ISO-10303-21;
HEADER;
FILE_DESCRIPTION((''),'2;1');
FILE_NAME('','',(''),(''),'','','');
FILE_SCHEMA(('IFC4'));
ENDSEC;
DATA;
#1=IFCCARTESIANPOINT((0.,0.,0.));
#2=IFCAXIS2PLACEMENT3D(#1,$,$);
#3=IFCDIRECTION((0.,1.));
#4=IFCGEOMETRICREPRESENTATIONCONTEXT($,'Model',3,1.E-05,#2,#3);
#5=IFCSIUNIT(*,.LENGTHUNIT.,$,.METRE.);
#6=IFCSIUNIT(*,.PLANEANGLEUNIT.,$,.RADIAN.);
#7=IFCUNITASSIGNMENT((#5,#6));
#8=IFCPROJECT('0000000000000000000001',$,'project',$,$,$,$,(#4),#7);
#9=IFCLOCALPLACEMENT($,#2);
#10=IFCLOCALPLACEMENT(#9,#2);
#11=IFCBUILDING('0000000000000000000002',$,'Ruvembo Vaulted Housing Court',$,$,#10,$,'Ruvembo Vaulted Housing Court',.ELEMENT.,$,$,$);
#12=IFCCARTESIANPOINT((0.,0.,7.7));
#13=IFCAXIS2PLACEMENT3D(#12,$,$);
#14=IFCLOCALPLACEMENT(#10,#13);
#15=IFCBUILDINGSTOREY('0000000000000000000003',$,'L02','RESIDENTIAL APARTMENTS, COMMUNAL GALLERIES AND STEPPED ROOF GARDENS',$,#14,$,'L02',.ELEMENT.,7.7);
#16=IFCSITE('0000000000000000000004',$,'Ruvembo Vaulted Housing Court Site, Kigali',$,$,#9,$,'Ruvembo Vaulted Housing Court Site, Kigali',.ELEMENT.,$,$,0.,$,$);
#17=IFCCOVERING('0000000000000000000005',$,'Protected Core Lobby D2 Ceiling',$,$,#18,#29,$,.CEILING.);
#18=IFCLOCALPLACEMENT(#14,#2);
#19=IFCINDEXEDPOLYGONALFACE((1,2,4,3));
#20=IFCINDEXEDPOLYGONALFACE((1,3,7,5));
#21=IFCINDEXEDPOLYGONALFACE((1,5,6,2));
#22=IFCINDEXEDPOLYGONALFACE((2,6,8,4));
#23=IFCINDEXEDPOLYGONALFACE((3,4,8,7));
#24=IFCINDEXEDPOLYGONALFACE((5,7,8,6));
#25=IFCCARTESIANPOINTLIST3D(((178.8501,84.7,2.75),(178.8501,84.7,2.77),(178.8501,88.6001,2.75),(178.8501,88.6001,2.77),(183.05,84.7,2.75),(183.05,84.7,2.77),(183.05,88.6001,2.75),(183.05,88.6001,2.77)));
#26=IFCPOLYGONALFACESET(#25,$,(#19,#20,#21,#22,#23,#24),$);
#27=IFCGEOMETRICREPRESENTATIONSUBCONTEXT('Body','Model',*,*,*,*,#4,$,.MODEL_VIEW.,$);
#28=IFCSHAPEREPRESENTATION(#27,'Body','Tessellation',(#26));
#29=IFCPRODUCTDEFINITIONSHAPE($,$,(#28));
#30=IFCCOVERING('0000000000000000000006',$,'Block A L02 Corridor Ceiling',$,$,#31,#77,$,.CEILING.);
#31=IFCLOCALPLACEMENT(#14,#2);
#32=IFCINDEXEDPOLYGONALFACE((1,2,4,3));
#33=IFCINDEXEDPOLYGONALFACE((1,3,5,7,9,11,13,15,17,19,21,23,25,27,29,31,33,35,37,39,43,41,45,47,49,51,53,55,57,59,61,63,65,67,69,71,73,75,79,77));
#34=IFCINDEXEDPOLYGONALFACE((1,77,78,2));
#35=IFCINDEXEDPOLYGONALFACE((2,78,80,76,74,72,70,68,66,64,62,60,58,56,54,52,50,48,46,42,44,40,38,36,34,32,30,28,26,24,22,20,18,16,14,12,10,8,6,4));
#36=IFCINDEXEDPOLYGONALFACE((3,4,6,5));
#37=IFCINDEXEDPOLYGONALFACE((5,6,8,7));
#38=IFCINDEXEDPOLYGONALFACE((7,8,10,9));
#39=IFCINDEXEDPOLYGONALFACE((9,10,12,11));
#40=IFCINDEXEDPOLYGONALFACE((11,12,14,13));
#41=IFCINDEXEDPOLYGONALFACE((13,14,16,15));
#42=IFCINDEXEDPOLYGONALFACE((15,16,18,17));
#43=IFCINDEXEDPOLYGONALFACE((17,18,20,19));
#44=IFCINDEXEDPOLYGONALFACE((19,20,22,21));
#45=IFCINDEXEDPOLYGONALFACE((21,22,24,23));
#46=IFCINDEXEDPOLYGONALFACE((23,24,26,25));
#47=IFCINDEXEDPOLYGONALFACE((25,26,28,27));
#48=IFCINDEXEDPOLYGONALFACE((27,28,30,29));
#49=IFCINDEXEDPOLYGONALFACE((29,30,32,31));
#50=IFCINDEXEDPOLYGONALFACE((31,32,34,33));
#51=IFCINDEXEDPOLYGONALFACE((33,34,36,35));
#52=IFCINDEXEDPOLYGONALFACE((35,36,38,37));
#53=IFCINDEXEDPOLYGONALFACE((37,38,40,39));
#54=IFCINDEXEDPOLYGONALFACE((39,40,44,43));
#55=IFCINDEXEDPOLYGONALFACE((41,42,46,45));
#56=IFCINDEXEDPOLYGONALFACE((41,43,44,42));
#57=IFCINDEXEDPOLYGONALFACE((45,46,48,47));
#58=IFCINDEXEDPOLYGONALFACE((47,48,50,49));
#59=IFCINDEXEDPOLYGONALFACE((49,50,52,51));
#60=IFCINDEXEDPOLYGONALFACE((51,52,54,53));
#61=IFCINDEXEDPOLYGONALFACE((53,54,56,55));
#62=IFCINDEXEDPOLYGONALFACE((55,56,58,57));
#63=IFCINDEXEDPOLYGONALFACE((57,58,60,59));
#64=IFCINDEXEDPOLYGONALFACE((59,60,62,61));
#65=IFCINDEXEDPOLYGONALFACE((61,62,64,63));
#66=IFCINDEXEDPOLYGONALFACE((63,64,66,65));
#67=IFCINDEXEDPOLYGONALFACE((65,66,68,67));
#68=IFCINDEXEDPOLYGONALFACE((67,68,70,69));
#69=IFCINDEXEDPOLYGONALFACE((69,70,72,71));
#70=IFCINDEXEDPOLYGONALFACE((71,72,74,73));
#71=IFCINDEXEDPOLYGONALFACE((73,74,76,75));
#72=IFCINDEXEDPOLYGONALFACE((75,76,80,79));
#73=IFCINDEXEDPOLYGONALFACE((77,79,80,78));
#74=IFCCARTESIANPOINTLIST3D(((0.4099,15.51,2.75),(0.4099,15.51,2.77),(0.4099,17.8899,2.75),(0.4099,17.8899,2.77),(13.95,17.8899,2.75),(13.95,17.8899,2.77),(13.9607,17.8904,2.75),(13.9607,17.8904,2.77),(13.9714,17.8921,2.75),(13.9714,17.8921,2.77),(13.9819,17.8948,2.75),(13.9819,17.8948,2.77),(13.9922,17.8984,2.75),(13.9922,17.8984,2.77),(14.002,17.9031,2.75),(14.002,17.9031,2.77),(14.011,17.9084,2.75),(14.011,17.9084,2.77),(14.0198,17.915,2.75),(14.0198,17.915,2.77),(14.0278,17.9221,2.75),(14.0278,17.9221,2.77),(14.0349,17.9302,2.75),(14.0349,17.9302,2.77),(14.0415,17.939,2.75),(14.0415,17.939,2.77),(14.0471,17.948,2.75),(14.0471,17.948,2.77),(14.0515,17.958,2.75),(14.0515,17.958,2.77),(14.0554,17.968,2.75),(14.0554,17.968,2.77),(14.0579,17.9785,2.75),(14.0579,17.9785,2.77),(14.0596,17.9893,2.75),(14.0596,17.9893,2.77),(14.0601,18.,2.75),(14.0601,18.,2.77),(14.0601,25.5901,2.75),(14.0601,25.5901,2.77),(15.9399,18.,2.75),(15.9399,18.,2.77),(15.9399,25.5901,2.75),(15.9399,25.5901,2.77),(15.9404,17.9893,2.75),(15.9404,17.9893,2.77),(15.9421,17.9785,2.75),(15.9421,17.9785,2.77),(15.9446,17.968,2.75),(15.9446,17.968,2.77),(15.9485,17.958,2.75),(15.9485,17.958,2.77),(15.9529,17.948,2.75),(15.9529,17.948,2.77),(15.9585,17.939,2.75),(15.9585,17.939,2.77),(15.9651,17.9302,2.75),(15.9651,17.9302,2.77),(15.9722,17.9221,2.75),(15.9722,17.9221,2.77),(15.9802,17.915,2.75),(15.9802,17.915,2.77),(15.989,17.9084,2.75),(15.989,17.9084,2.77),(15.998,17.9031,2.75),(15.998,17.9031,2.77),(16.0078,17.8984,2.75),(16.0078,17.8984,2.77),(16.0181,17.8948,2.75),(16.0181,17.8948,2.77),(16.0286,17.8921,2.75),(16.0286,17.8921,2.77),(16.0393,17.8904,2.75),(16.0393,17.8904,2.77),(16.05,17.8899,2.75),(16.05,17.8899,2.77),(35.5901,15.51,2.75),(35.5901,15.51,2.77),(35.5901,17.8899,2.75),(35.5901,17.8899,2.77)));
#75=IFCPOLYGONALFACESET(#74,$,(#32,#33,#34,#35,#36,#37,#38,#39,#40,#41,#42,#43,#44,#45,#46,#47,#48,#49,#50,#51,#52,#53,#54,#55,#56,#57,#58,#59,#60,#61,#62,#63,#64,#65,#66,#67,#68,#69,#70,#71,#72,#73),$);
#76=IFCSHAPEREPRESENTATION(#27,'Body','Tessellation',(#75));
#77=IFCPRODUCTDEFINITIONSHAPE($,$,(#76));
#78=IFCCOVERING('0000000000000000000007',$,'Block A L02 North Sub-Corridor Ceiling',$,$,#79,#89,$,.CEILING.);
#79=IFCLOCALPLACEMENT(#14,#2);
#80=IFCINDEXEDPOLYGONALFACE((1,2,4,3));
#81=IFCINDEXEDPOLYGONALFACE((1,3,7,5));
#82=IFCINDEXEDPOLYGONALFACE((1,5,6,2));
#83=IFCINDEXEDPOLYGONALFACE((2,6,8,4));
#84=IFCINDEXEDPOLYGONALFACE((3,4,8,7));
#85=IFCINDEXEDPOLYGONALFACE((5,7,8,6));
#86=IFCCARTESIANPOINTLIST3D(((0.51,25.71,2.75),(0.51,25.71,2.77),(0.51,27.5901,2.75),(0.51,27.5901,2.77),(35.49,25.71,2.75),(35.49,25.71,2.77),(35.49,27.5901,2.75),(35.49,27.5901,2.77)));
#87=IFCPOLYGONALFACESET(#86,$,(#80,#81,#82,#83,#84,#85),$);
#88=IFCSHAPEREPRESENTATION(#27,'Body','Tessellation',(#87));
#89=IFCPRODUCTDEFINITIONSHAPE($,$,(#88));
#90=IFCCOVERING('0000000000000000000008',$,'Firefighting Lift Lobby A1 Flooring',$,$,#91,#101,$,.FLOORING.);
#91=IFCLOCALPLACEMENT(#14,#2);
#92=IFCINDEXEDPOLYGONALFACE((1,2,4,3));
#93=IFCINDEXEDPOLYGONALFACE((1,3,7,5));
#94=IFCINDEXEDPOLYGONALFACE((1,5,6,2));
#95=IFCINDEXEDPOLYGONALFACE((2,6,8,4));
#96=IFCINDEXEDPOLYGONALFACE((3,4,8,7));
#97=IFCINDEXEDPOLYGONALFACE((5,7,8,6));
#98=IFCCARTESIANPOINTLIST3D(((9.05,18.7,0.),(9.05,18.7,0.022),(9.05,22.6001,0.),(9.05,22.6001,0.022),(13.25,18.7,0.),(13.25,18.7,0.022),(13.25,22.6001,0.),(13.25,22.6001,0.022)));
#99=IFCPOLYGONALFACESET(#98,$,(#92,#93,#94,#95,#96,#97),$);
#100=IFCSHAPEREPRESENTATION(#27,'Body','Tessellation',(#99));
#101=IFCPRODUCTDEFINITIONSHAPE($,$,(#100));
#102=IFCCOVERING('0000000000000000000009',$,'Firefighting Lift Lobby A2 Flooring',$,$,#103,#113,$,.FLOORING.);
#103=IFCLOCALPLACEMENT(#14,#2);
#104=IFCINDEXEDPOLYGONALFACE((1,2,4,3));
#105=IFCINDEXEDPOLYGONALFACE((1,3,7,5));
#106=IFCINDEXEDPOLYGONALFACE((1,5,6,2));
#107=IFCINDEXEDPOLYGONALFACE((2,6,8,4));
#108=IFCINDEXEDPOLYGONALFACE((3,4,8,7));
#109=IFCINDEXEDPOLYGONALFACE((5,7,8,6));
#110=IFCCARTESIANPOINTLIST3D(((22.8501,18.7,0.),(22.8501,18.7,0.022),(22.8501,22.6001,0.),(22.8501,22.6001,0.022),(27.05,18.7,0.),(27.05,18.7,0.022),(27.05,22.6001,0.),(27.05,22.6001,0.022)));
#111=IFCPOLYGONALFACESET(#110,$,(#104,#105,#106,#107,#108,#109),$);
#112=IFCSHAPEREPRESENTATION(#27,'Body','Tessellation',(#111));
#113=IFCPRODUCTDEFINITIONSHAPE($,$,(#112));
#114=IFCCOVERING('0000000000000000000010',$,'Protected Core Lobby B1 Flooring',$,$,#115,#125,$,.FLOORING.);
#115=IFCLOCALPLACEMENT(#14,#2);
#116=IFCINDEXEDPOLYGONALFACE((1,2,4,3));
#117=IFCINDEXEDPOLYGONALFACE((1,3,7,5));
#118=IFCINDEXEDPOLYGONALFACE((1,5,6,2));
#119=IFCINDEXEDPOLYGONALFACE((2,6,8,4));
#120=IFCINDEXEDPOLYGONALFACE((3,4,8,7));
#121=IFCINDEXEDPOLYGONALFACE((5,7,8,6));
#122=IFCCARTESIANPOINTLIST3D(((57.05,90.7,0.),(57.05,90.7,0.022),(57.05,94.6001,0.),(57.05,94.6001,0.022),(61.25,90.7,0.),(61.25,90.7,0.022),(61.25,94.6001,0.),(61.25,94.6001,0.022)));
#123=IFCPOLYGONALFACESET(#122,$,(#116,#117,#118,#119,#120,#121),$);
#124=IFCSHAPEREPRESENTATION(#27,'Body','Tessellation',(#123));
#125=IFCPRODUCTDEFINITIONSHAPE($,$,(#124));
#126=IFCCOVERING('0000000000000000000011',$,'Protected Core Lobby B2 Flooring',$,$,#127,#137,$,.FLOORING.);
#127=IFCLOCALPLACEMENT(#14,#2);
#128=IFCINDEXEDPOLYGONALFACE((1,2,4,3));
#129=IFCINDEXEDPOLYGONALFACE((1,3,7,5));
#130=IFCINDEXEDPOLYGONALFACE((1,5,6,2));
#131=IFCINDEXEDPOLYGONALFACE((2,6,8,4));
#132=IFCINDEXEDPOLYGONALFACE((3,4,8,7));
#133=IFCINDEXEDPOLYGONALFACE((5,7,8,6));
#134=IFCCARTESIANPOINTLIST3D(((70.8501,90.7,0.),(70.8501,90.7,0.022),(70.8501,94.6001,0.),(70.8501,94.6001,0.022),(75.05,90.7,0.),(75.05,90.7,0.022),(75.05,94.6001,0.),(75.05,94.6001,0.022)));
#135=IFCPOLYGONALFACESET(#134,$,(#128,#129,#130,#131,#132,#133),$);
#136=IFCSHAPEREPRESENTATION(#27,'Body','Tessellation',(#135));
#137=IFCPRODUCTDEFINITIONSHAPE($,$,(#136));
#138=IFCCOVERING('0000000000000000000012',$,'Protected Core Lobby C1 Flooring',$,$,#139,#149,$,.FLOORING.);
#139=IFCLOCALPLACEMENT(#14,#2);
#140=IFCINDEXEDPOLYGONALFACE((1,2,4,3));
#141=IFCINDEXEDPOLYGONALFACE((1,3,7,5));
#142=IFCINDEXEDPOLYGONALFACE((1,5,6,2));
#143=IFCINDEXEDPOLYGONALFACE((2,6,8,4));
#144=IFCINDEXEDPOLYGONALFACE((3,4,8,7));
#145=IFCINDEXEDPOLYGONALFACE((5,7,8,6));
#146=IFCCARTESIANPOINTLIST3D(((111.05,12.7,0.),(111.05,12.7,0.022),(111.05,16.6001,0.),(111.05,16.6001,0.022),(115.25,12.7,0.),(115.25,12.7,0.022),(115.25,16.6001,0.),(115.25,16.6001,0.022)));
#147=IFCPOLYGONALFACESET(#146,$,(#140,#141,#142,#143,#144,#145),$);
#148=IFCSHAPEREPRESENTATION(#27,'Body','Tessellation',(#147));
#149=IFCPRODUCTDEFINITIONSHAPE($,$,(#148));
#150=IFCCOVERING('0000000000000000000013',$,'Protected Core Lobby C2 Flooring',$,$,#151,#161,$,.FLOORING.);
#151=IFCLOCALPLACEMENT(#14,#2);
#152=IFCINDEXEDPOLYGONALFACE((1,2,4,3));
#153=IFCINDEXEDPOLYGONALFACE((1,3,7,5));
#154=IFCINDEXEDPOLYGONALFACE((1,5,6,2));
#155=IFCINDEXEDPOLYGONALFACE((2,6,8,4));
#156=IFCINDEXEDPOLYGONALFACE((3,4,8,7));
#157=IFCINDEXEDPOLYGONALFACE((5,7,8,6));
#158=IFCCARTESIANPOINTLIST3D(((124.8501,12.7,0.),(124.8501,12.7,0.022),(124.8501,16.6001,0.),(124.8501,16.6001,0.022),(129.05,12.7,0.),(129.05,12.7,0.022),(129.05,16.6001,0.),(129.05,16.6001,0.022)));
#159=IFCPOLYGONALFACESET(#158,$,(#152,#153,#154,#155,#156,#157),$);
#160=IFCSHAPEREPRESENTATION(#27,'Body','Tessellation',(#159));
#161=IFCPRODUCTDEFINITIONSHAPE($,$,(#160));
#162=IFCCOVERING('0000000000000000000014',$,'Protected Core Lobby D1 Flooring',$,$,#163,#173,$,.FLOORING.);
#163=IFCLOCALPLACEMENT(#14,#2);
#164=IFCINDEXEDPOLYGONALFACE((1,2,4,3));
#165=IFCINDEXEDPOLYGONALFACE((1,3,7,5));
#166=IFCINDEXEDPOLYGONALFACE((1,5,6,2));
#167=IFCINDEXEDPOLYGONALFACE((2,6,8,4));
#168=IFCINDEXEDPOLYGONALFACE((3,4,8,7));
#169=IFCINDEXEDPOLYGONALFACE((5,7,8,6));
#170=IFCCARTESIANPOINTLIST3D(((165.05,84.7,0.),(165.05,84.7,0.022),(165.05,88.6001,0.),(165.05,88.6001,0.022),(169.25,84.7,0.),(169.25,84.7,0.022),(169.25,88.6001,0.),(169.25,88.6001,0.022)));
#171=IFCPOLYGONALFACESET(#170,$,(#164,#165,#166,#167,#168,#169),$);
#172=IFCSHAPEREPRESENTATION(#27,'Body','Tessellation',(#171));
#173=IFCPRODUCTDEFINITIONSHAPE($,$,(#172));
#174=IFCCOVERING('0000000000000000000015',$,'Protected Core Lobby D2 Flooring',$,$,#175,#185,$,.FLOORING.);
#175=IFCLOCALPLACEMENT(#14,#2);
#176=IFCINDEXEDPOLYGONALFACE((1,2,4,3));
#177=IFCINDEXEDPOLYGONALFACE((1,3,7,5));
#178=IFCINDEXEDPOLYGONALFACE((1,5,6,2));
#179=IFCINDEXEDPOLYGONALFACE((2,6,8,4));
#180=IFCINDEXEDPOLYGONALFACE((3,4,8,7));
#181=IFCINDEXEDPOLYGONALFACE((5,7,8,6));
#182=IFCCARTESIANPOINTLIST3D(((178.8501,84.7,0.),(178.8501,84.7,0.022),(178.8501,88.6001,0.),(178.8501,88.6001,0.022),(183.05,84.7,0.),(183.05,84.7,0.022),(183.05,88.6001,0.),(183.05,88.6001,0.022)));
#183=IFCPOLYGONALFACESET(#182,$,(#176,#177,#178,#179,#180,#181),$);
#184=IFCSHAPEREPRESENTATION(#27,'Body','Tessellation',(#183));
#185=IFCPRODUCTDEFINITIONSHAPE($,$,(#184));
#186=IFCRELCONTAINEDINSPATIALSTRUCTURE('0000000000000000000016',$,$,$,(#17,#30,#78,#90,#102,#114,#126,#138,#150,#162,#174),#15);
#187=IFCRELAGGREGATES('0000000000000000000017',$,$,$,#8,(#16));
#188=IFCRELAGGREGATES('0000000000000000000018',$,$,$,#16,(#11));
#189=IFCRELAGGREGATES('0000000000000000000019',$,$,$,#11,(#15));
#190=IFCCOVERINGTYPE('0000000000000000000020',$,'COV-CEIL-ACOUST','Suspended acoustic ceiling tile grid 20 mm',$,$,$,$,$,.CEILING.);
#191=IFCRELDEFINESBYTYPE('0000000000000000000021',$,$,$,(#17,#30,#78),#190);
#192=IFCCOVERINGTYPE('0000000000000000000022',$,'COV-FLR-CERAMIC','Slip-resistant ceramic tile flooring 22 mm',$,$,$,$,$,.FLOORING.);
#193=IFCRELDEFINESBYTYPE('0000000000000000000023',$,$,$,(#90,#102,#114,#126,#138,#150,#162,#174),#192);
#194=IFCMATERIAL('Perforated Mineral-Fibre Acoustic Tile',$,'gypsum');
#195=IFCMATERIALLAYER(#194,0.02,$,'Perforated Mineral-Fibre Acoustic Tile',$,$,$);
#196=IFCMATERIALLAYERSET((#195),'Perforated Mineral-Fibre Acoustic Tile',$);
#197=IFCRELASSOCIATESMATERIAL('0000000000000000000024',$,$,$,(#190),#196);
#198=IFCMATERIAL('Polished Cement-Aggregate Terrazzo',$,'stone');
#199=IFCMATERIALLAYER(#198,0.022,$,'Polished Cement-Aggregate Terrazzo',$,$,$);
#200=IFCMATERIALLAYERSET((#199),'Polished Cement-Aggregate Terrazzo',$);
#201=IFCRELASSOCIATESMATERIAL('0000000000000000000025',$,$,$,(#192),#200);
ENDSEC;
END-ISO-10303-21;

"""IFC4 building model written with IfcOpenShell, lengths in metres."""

from ifc_helpers import new_model, si_unit, direction, frame, origin, place, context, subcontext, project, spatial, polyline, outline, extrude, material, layer, layer_set, type_object, element, save


model = new_model("IFC4")

# Units and contexts
model_context = context("Model", 3, precision=1e-05, world=origin(), true_north=direction((0.0, 1.0)))
body_context = subcontext(model_context, "Body", "Model", "MODEL_VIEW")
ifc_project = project(units=[si_unit("LENGTHUNIT", "METRE"), si_unit("PLANEANGLEUNIT", "RADIAN")], contexts=[model_context])

# Site, building, storey
site_placement = place(None, origin())
site = spatial("IfcSite", under=ifc_project, at=site_placement, Name="Ruvembo Vaulted Housing Court Site, Kigali", LongName="Ruvembo Vaulted Housing Court Site, Kigali", CompositionType="ELEMENT", RefElevation=0.0)
building_placement = place(site_placement, origin())
building = spatial("IfcBuilding", under=site, at=building_placement, Name="Ruvembo Vaulted Housing Court", LongName="Ruvembo Vaulted Housing Court", CompositionType="ELEMENT")
storey_placement = place(building_placement, frame((0.0, 0.0, 7.7)))
storey = spatial("IfcBuildingStorey", under=building, at=storey_placement, Name="L02", Description="RESIDENTIAL APARTMENTS, COMMUNAL GALLERIES AND STEPPED ROOF GARDENS", LongName="L02", CompositionType="ELEMENT", Elevation=7.7)

# Coverings
ifc_material_1 = material(Name="Perforated Mineral-Fibre Acoustic Tile", Category="gypsum")
ifc_layer_1 = layer(ifc_material_1, 0.02, Name="Perforated Mineral-Fibre Acoustic Tile")
ifc_layer_set_1 = layer_set([ifc_layer_1], Name="Perforated Mineral-Fibre Acoustic Tile")
covering_type_1 = type_object("IfcCoveringType", Name="COV-CEIL-ACOUST", Description="Suspended acoustic ceiling tile grid 20 mm", PredefinedType="CEILING", material=ifc_layer_set_1)
covering_1_placement = place(storey_placement, frame((0.0, 0.0, 2.75)))
element("IfcCovering", 1, at=covering_1_placement, inside=storey, type_object=covering_type_1, Name="Protected Core Lobby D2 Ceiling", PredefinedType="CEILING", context=body_context, shape_type="SweptSolid", body=[
    extrude(outline(polyline([(183.05, 88.6001), (178.8501, 88.6001), (178.8501, 84.7), (183.05, 84.7), (183.05, 88.6001)])), origin(), (0.0, 0.0, 1.0), 0.02),
])
covering_2_placement = place(storey_placement, frame((0.0, 0.0, 2.75)))
element("IfcCovering", 2, at=covering_2_placement, inside=storey, type_object=covering_type_1, Name="Block A L02 Corridor Ceiling", PredefinedType="CEILING", context=body_context, shape_type="SweptSolid", body=[
    extrude(outline(polyline([(35.5901, 15.51), (35.5901, 17.8899), (16.05, 17.8899), (16.0393, 17.8904), (16.0286, 17.8921), (16.0181, 17.8948), (16.0078, 17.8984), (15.998, 17.9031), (15.989, 17.9084), (15.9802, 17.915), (15.9722, 17.9221), (15.9651, 17.9302), (15.9585, 17.939), (15.9529, 17.948), (15.9485, 17.958), (15.9446, 17.968), (15.9421, 17.9785), (15.9404, 17.9893), (15.9399, 18.0), (15.9399, 25.5901), (14.0601, 25.5901), (14.0601, 18.0), (14.0596, 17.9893), (14.0579, 17.9785), (14.0554, 17.968), (14.0515, 17.958), (14.0471, 17.948), (14.0415, 17.939), (14.0349, 17.9302), (14.0278, 17.9221), (14.0198, 17.915), (14.011, 17.9084), (14.002, 17.9031), (13.9922, 17.8984), (13.9819, 17.8948), (13.9714, 17.8921), (13.9607, 17.8904), (13.95, 17.8899), (0.4099, 17.8899), (0.4099, 15.51), (35.5901, 15.51)])), origin(), (0.0, 0.0, 1.0), 0.02),
])
covering_3_placement = place(storey_placement, frame((0.0, 0.0, 2.75)))
element("IfcCovering", 3, at=covering_3_placement, inside=storey, type_object=covering_type_1, Name="Block A L02 North Sub-Corridor Ceiling", PredefinedType="CEILING", context=body_context, shape_type="SweptSolid", body=[
    extrude(outline(polyline([(0.51, 25.71), (35.49, 25.71), (35.49, 27.5901), (0.51, 27.5901), (0.51, 25.71)])), origin(), (0.0, 0.0, 1.0), 0.02),
])
ifc_material_2 = material(Name="Polished Cement-Aggregate Terrazzo", Category="stone")
ifc_layer_2 = layer(ifc_material_2, 0.022, Name="Polished Cement-Aggregate Terrazzo")
ifc_layer_set_2 = layer_set([ifc_layer_2], Name="Polished Cement-Aggregate Terrazzo")
covering_type_2 = type_object("IfcCoveringType", Name="COV-FLR-CERAMIC", Description="Slip-resistant ceramic tile flooring 22 mm", PredefinedType="FLOORING", material=ifc_layer_set_2)
covering_4_placement = place(storey_placement, origin())
element("IfcCovering", 4, at=covering_4_placement, inside=storey, type_object=covering_type_2, Name="Firefighting Lift Lobby A1 Flooring", PredefinedType="FLOORING", context=body_context, shape_type="SweptSolid", body=[
    extrude(outline(polyline([(13.25, 22.6001), (9.05, 22.6001), (9.05, 18.7), (13.25, 18.7), (13.25, 22.6001)])), origin(), (0.0, 0.0, 1.0), 0.022),
])
covering_5_placement = place(storey_placement, origin())
element("IfcCovering", 5, at=covering_5_placement, inside=storey, type_object=covering_type_2, Name="Firefighting Lift Lobby A2 Flooring", PredefinedType="FLOORING", context=body_context, shape_type="SweptSolid", body=[
    extrude(outline(polyline([(27.05, 22.6001), (22.8501, 22.6001), (22.8501, 18.7), (27.05, 18.7), (27.05, 22.6001)])), origin(), (0.0, 0.0, 1.0), 0.022),
])
covering_6_placement = place(storey_placement, origin())
element("IfcCovering", 6, at=covering_6_placement, inside=storey, type_object=covering_type_2, Name="Protected Core Lobby B1 Flooring", PredefinedType="FLOORING", context=body_context, shape_type="SweptSolid", body=[
    extrude(outline(polyline([(61.25, 94.6001), (57.05, 94.6001), (57.05, 90.7), (61.25, 90.7), (61.25, 94.6001)])), origin(), (0.0, 0.0, 1.0), 0.022),
])
covering_7_placement = place(storey_placement, origin())
element("IfcCovering", 7, at=covering_7_placement, inside=storey, type_object=covering_type_2, Name="Protected Core Lobby B2 Flooring", PredefinedType="FLOORING", context=body_context, shape_type="SweptSolid", body=[
    extrude(outline(polyline([(75.05, 94.6001), (70.8501, 94.6001), (70.8501, 90.7), (75.05, 90.7), (75.05, 94.6001)])), origin(), (0.0, 0.0, 1.0), 0.022),
])
covering_8_placement = place(storey_placement, origin())
element("IfcCovering", 8, at=covering_8_placement, inside=storey, type_object=covering_type_2, Name="Protected Core Lobby C1 Flooring", PredefinedType="FLOORING", context=body_context, shape_type="SweptSolid", body=[
    extrude(outline(polyline([(115.25, 16.6001), (111.05, 16.6001), (111.05, 12.7), (115.25, 12.7), (115.25, 16.6001)])), origin(), (0.0, 0.0, 1.0), 0.022),
])
covering_9_placement = place(storey_placement, origin())
element("IfcCovering", 9, at=covering_9_placement, inside=storey, type_object=covering_type_2, Name="Protected Core Lobby C2 Flooring", PredefinedType="FLOORING", context=body_context, shape_type="SweptSolid", body=[
    extrude(outline(polyline([(129.05, 16.6001), (124.8501, 16.6001), (124.8501, 12.7), (129.05, 12.7), (129.05, 16.6001)])), origin(), (0.0, 0.0, 1.0), 0.022),
])
covering_10_placement = place(storey_placement, origin())
element("IfcCovering", 10, at=covering_10_placement, inside=storey, type_object=covering_type_2, Name="Protected Core Lobby D1 Flooring", PredefinedType="FLOORING", context=body_context, shape_type="SweptSolid", body=[
    extrude(outline(polyline([(169.25, 88.6001), (165.05, 88.6001), (165.05, 84.7), (169.25, 84.7), (169.25, 88.6001)])), origin(), (0.0, 0.0, 1.0), 0.022),
])
covering_11_placement = place(storey_placement, origin())
element("IfcCovering", 11, at=covering_11_placement, inside=storey, type_object=covering_type_2, Name="Protected Core Lobby D2 Flooring", PredefinedType="FLOORING", context=body_context, shape_type="SweptSolid", body=[
    extrude(outline(polyline([(183.05, 88.6001), (178.8501, 88.6001), (178.8501, 84.7), (183.05, 84.7), (183.05, 88.6001)])), origin(), (0.0, 0.0, 1.0), 0.022),
])

save(model, "model.ifc")
